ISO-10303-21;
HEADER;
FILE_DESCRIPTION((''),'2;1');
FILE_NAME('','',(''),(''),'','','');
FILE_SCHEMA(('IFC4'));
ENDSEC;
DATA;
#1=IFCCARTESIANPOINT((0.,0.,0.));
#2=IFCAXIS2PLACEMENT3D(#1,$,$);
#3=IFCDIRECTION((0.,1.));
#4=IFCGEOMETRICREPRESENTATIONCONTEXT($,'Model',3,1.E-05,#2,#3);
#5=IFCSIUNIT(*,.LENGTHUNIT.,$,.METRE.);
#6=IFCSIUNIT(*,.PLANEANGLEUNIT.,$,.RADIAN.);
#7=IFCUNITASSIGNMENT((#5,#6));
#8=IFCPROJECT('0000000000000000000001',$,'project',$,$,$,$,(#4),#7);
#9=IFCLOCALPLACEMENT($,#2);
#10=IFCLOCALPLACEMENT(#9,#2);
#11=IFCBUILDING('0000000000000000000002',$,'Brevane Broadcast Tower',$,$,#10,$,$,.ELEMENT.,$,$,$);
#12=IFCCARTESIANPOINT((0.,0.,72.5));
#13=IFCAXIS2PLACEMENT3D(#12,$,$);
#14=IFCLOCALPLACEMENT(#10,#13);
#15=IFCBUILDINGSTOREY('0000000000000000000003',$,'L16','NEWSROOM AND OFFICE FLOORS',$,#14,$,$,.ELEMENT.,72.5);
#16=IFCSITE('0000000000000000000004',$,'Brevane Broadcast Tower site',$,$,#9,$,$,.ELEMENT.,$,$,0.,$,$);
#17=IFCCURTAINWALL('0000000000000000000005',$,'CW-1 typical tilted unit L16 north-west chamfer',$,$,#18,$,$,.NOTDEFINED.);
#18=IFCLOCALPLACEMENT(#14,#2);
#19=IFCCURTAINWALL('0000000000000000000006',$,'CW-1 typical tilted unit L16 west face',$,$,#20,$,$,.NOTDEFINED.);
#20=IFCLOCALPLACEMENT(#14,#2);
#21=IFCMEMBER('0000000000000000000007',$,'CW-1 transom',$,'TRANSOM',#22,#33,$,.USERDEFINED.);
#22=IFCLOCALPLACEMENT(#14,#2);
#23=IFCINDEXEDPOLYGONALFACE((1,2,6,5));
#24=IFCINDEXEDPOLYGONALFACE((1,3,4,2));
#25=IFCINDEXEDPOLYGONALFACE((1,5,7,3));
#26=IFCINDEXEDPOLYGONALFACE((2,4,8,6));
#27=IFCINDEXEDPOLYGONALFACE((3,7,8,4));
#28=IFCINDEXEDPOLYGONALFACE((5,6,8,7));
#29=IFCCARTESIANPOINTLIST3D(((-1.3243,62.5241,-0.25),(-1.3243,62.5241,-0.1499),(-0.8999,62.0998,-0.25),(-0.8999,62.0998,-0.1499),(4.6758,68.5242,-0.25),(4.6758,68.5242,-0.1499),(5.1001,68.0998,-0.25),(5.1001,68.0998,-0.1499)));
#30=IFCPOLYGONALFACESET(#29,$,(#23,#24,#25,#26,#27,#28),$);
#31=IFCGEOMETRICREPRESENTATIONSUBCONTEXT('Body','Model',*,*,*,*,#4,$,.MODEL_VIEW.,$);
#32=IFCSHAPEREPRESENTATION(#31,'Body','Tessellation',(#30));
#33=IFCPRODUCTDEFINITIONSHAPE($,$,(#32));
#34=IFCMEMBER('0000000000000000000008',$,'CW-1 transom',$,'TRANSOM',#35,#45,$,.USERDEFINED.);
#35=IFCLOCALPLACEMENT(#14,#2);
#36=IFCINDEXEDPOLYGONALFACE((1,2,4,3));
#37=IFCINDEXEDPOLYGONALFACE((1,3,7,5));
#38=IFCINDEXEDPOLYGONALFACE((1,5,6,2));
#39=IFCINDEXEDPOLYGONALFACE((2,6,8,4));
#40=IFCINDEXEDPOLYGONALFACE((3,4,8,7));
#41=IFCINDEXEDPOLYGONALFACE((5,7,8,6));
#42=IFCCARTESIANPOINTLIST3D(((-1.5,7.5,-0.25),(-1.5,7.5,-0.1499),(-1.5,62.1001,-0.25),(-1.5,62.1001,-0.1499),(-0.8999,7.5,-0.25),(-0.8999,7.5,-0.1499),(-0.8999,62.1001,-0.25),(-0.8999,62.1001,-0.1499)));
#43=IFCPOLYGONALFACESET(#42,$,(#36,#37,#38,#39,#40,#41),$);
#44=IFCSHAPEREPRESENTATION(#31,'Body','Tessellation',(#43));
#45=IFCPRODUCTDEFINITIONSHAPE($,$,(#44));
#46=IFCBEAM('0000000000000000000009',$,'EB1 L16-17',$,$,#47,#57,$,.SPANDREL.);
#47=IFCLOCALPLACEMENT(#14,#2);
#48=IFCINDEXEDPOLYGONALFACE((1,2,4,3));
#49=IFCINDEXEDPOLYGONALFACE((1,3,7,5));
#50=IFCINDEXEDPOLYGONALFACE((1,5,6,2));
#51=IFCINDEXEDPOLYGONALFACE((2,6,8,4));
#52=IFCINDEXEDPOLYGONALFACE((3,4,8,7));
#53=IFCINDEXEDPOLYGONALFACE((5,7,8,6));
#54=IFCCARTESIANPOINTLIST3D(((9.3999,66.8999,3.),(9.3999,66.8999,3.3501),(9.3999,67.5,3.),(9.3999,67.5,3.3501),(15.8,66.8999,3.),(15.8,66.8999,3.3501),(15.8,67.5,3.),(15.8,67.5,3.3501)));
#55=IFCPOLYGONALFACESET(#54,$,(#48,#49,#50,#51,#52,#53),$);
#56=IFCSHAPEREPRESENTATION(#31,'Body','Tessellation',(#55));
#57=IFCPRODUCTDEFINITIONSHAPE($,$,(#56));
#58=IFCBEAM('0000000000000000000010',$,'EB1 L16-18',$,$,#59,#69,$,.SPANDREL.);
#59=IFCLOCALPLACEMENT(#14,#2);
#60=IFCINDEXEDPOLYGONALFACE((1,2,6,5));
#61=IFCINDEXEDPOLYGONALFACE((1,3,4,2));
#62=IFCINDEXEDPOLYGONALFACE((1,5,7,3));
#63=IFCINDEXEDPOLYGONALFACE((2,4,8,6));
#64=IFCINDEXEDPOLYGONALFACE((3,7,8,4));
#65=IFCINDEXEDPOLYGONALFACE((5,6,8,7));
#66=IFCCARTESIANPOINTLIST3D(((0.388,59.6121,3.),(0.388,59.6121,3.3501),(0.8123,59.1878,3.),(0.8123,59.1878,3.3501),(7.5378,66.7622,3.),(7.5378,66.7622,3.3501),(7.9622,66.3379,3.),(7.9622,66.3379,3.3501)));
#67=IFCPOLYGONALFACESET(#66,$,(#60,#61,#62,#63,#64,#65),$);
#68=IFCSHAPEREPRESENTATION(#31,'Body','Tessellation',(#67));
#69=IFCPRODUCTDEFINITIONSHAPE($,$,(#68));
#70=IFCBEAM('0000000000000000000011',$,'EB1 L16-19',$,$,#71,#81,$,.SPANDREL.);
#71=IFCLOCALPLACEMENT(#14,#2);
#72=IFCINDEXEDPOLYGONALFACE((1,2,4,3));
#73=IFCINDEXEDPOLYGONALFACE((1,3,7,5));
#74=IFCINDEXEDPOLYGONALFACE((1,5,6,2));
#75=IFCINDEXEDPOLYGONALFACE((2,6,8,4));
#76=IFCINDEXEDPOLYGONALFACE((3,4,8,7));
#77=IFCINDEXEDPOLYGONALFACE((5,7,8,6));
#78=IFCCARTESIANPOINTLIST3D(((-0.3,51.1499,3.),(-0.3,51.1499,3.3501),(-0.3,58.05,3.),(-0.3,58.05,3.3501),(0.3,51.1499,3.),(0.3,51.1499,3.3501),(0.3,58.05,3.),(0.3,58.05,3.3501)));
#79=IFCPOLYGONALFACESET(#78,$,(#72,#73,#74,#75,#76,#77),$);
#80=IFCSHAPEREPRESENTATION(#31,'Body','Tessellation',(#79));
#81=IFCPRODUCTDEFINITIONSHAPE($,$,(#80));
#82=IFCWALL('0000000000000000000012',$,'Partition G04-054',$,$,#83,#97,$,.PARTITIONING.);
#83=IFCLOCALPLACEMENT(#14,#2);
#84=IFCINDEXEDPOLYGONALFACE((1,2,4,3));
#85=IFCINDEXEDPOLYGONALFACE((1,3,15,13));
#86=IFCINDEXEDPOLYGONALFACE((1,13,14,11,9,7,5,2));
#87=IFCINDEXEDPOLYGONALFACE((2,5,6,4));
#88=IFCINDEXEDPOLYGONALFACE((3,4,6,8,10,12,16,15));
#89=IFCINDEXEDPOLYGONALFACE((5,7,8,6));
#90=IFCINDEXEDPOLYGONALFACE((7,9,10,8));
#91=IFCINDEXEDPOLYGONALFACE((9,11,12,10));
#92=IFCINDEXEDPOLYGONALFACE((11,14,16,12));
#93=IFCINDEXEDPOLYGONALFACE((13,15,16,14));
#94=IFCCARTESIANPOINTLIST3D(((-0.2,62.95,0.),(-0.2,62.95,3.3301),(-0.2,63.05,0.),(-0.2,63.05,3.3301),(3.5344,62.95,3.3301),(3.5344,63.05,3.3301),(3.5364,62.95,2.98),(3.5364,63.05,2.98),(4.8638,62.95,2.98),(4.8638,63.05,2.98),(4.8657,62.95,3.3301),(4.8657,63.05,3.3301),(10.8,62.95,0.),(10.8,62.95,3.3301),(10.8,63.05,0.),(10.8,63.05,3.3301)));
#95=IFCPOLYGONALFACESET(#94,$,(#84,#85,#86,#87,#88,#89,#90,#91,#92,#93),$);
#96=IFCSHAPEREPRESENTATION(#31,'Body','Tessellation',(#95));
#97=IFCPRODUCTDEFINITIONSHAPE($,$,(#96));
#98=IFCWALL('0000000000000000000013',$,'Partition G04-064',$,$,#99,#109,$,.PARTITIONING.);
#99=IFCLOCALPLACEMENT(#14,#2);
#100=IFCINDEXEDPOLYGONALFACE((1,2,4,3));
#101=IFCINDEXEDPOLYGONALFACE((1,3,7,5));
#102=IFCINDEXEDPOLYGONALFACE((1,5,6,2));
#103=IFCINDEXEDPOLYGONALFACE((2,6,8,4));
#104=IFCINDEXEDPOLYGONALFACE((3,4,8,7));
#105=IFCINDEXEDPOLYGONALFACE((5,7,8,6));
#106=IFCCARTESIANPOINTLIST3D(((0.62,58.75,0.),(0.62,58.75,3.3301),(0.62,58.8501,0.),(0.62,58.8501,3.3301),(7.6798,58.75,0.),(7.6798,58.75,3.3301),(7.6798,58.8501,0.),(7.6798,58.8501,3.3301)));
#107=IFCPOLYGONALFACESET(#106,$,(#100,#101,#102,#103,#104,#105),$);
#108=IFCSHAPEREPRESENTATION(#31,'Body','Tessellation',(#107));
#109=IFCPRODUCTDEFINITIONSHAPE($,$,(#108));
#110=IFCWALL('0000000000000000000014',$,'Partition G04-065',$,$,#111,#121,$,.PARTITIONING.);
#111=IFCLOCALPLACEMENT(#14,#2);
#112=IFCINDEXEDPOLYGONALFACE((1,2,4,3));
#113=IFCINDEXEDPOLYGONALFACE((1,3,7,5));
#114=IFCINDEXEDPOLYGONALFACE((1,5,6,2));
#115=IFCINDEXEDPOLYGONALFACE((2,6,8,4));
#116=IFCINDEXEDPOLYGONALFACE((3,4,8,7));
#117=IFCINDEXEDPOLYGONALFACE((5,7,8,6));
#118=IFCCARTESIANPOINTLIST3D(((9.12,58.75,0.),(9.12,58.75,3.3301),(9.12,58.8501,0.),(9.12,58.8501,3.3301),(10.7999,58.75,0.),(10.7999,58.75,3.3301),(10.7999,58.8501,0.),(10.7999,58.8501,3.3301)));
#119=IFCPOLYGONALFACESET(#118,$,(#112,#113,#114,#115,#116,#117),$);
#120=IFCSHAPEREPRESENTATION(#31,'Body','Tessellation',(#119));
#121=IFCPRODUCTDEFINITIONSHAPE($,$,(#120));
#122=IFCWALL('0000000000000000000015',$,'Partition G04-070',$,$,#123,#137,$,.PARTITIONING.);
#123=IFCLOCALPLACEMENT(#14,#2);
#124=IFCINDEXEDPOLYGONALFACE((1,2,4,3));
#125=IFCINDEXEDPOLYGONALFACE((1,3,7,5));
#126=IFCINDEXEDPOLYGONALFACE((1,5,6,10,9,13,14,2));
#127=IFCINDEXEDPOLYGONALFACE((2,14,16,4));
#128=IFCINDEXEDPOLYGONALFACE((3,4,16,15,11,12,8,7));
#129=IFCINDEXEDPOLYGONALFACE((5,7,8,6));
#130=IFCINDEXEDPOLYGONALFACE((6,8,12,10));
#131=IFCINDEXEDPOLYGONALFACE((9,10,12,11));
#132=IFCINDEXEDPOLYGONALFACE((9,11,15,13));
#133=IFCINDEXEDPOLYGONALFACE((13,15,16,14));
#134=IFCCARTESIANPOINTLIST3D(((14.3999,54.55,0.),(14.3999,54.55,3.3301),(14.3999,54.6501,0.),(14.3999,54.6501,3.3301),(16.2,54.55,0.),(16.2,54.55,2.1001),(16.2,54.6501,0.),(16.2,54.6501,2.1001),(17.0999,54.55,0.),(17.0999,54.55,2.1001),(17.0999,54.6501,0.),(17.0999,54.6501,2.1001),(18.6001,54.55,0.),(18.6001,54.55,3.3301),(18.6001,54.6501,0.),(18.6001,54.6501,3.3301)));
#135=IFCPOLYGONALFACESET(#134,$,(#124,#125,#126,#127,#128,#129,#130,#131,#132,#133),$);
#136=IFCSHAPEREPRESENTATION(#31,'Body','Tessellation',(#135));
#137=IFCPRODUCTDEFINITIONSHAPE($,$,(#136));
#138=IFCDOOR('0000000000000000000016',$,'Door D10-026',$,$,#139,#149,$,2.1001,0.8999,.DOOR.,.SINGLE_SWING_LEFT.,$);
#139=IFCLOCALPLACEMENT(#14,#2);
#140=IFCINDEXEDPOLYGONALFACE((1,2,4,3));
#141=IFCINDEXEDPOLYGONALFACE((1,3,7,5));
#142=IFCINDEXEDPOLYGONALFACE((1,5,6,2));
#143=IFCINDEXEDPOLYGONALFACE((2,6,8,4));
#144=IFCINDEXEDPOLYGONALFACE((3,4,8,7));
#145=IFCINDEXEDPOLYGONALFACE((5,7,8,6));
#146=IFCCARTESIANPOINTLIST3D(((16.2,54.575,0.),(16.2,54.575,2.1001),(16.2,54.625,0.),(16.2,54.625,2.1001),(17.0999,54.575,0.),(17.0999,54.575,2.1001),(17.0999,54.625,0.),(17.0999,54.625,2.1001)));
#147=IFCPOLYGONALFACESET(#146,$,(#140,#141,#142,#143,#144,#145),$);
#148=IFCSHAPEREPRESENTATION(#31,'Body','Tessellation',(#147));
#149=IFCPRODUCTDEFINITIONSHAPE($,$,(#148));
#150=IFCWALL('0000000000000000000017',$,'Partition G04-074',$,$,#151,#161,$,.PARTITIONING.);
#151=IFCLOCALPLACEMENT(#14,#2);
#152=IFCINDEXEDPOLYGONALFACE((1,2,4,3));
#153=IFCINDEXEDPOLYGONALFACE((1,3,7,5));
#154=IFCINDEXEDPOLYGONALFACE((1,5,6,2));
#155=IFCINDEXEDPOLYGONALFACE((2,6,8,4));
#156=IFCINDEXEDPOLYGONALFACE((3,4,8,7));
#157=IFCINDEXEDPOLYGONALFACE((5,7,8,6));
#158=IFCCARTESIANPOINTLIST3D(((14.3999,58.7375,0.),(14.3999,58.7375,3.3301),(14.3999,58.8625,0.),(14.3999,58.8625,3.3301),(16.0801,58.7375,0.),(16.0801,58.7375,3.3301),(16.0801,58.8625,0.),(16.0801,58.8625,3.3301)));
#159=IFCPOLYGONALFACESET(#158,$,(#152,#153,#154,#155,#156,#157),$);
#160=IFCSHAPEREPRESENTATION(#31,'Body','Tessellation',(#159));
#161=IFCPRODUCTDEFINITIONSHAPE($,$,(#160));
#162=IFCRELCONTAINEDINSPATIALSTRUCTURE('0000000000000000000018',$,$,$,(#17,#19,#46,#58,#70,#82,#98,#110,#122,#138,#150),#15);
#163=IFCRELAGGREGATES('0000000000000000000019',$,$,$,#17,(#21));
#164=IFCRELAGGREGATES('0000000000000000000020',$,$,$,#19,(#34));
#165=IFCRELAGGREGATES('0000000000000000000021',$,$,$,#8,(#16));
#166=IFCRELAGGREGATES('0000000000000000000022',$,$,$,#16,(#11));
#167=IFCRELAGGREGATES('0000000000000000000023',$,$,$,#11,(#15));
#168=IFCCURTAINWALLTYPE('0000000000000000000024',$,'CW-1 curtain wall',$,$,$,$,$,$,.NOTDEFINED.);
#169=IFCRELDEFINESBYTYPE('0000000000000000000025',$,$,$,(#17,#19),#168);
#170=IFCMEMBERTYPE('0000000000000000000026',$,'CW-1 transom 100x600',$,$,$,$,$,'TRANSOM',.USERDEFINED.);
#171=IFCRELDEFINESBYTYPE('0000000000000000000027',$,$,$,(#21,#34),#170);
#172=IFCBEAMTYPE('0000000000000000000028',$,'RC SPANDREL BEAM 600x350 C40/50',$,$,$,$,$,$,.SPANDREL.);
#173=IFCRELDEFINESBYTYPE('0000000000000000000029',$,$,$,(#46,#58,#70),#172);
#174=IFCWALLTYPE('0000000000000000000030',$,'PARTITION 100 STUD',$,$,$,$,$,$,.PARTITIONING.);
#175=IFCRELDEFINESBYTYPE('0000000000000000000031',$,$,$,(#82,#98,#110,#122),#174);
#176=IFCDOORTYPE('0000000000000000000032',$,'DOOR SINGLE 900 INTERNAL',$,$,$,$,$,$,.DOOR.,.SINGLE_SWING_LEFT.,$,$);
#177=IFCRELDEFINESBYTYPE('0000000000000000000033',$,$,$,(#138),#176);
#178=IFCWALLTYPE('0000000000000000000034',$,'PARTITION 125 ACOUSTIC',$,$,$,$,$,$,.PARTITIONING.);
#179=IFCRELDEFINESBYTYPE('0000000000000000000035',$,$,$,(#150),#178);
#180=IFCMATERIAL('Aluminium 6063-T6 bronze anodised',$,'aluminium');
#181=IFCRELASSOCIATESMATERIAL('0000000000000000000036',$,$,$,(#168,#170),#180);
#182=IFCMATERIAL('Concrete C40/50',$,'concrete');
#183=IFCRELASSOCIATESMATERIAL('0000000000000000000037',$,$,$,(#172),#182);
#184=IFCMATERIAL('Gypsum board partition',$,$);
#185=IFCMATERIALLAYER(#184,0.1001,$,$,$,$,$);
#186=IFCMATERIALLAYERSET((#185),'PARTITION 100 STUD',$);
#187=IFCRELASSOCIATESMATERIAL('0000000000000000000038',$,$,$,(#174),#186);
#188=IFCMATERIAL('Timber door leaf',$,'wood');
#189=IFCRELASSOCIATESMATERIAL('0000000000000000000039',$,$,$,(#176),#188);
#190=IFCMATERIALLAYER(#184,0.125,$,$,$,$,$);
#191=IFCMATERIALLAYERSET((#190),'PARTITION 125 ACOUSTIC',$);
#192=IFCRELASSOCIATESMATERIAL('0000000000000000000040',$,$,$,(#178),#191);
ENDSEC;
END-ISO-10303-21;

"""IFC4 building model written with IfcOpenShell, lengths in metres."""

from ifc_helpers import new_model, si_unit, direction, frame, frame_2d, origin, origin_2d, place, context, subcontext, project, spatial, polyline, rectangle, outline, extrude, material, layer, layer_set, material_profile, profile_set, type_object, element, fill, aggregate, save


model = new_model("IFC4")

# Units and contexts
model_context = context("Model", 3, precision=1e-05, world=origin(), true_north=direction((0.0, 1.0)))
body_context = subcontext(model_context, "Body", "Model", "MODEL_VIEW")
ifc_project = project(units=[si_unit("LENGTHUNIT", "METRE"), si_unit("PLANEANGLEUNIT", "RADIAN")], contexts=[model_context])

# Site, building, storey
site_placement = place(None, origin())
site = spatial("IfcSite", under=ifc_project, at=site_placement, Name="Brevane Broadcast Tower site", CompositionType="ELEMENT", RefElevation=0.0)
building_placement = place(site_placement, origin())
building = spatial("IfcBuilding", under=site, at=building_placement, Name="Brevane Broadcast Tower", CompositionType="ELEMENT")
storey_placement = place(building_placement, frame((0.0, 0.0, 72.5)))
storey = spatial("IfcBuildingStorey", under=building, at=storey_placement, Name="L16", Description="NEWSROOM AND OFFICE FLOORS", CompositionType="ELEMENT", Elevation=72.5)

# Curtain walls
ifc_material_1 = material(Name="Aluminium 6063-T6 bronze anodised", Category="aluminium")
curtain_wall_type = type_object("IfcCurtainWallType", Name="CW-1 curtain wall", PredefinedType="NOTDEFINED", material=ifc_material_1)
curtain_wall_1_placement = place(storey_placement, origin())
curtain_wall_1 = element("IfcCurtainWall", 1, at=curtain_wall_1_placement, inside=storey, type_object=curtain_wall_type, Name="CW-1 typical tilted unit L16 north-west chamfer", PredefinedType="NOTDEFINED")
curtain_wall_2_placement = place(storey_placement, origin())
curtain_wall_2 = element("IfcCurtainWall", 2, at=curtain_wall_2_placement, inside=storey, type_object=curtain_wall_type, Name="CW-1 typical tilted unit L16 west face", PredefinedType="NOTDEFINED")

# Members
ifc_material_profile_1 = material_profile(ifc_material_1, rectangle(XDim=0.6001, YDim=0.1001, at=origin_2d()), Name="RECT 100x600")
ifc_profile_set_1 = profile_set([ifc_material_profile_1], Name="Aluminium 6063-T6 bronze anodised")
member_type_1 = type_object("IfcMemberType", Name="CW-1 transom 100x600", ElementType="TRANSOM", PredefinedType="USERDEFINED", material=ifc_profile_set_1)
member_1_placement = place(storey_placement, frame((4.8879, 68.312, -0.2), z_axis=(-0.707107, -0.707107, 0.0), x_axis=(0.707107, -0.707107, 0.0)))
member_1 = element("IfcMember", 3, at=member_1_placement, type_object=member_type_1, Name="CW-1 transom", ObjectType="TRANSOM", PredefinedType="USERDEFINED", context=body_context, shape_type="SweptSolid", body=[
    extrude(rectangle(XDim=0.6001, YDim=0.1001, at=origin_2d()), origin(), (0.0, 0.0, 1.0), 8.4854),
])
aggregate(curtain_wall_1, [member_1])
member_2_placement = place(storey_placement, frame((-1.2, 62.1001, -0.2), z_axis=(0.0, -1.0, 0.0), x_axis=(1.0, 0.0, 0.0)))
member_2 = element("IfcMember", 4, at=member_2_placement, type_object=member_type_1, Name="CW-1 transom", ObjectType="TRANSOM", PredefinedType="USERDEFINED", context=body_context, shape_type="SweptSolid", body=[
    extrude(rectangle(XDim=0.6001, YDim=0.1001, at=origin_2d()), origin(), (0.0, 0.0, 1.0), 54.6001),
])
aggregate(curtain_wall_2, [member_2])

# Beams
ifc_material_2 = material(Name="Concrete C40/50", Category="concrete")
ifc_material_profile_2 = material_profile(ifc_material_2, rectangle(XDim=0.6001, YDim=0.3501, at=origin_2d()), Name="RC 600x350")
ifc_profile_set_2 = profile_set([ifc_material_profile_2], Name="Concrete C40/50")
beam_type = type_object("IfcBeamType", Name="RC SPANDREL BEAM 600x350 C40/50", PredefinedType="SPANDREL", material=ifc_profile_set_2)
beam_1_placement = place(storey_placement, frame((15.8, 67.2, 3.175), z_axis=(-1.0, 0.0, 0.0), x_axis=(0.0, -1.0, 0.0)))
element("IfcBeam", 5, at=beam_1_placement, inside=storey, type_object=beam_type, Name="EB1 L16-17", PredefinedType="SPANDREL", context=body_context, shape_type="SweptSolid", body=[
    extrude(rectangle(XDim=0.6001, YDim=0.3501, at=origin_2d()), origin(), (0.0, 0.0, 1.0), 6.4001),
])
beam_2_placement = place(storey_placement, frame((7.75, 66.55, 3.175), z_axis=(-0.707095, -0.707119, 0.0), x_axis=(0.707119, -0.707095, 0.0)))
element("IfcBeam", 6, at=beam_2_placement, inside=storey, type_object=beam_type, Name="EB1 L16-18", PredefinedType="SPANDREL", context=body_context, shape_type="SweptSolid", body=[
    extrude(rectangle(XDim=0.6001, YDim=0.3501, at=origin_2d()), origin(), (0.0, 0.0, 1.0), 10.1116),
])
beam_3_placement = place(storey_placement, frame((0.0, 58.05, 3.175), z_axis=(0.0, -1.0, 0.0), x_axis=(1.0, 0.0, 0.0)))
element("IfcBeam", 7, at=beam_3_placement, inside=storey, type_object=beam_type, Name="EB1 L16-19", PredefinedType="SPANDREL", context=body_context, shape_type="SweptSolid", body=[
    extrude(rectangle(XDim=0.6001, YDim=0.3501, at=origin_2d()), origin(), (0.0, 0.0, 1.0), 6.9001),
])

# Walls
ifc_material_3 = material(Name="Gypsum board partition")
ifc_layer_1 = layer(ifc_material_3, 0.1001)
ifc_layer_set_1 = layer_set([ifc_layer_1], Name="PARTITION 100 STUD")
wall_type_1 = type_object("IfcWallType", Name="PARTITION 100 STUD", PredefinedType="PARTITIONING", material=ifc_layer_set_1)
wall_1_placement = place(storey_placement, frame((10.8, 63.0, 0.0), z_axis=(0.0, 0.0, 1.0), x_axis=(-1.0, 0.0, 0.0)))
element("IfcWall", 8, at=wall_1_placement, inside=storey, type_object=wall_type_1, Name="Partition G04-054", PredefinedType="PARTITIONING", context=body_context, shape_type="SweptSolid", body=[
    extrude(outline(polyline([(0.0, 0.0), (11.0, 0.0), (11.0, 3.3301), (7.2656, 3.3301), (7.2637, 2.98), (5.9363, 2.98), (5.9343, 3.3301), (0.0, 3.3301), (0.0, 0.0)])), frame((0.0, 0.05, 0.0), z_axis=(0.0, -1.0, 0.0), x_axis=(1.0, 0.0, 0.0)), (0.0, 0.0, 1.0), 0.1001),
])
wall_2_placement = place(storey_placement, frame((0.6201, 58.8, 0.0), z_axis=(0.0, 0.0, 1.0), x_axis=(1.0, 0.0, 0.0)))
element("IfcWall", 9, at=wall_2_placement, inside=storey, type_object=wall_type_1, Name="Partition G04-064", PredefinedType="PARTITIONING", context=body_context, shape_type="SweptSolid", body=[
    extrude(rectangle(XDim=7.0598, YDim=0.1001, at=frame_2d((3.5298, 0.0))), origin(), (0.0, 0.0, 1.0), 3.3301),
])
wall_3_placement = place(storey_placement, frame((9.1201, 58.8, 0.0), z_axis=(0.0, 0.0, 1.0), x_axis=(1.0, 0.0, 0.0)))
element("IfcWall", 10, at=wall_3_placement, inside=storey, type_object=wall_type_1, Name="Partition G04-065", PredefinedType="PARTITIONING", context=body_context, shape_type="SweptSolid", body=[
    extrude(rectangle(XDim=1.6799, YDim=0.1001, at=frame_2d((0.8398, 0.0))), origin(), (0.0, 0.0, 1.0), 3.3301),
])

# Wall, opening, door
wall_4_placement = place(storey_placement, frame((14.3999, 54.6001, 0.0), z_axis=(0.0, 0.0, 1.0), x_axis=(1.0, 0.0, 0.0)))
wall_4 = element("IfcWall", 11, at=wall_4_placement, inside=storey, type_object=wall_type_1, Name="Partition G04-070", PredefinedType="PARTITIONING", context=body_context, shape_type="SweptSolid", body=[
    extrude(rectangle(XDim=4.2002, YDim=0.1001, at=frame_2d((2.1001, 0.0))), origin(), (0.0, 0.0, 1.0), 3.3301),
])
opening_1_placement = place(wall_4_placement, frame((1.8, 0.0, 0.0)))
opening_1 = element("IfcOpeningElement", 12, at=opening_1_placement, cuts=wall_4, PredefinedType="OPENING", context=body_context, shape_type="SweptSolid", body=[
    extrude(rectangle(XDim=0.8999, YDim=2.1001, at=frame_2d((0.45, 1.05))), frame((0.0, 0.0601, 0.0), z_axis=(0.0, -1.0, 0.0), x_axis=(1.0, 0.0, 0.0)), (0.0, 0.0, 1.0), 0.1201),
])
ifc_material_4 = material(Name="Timber door leaf", Category="wood")
door_type_1 = type_object("IfcDoorType", Name="DOOR SINGLE 900 INTERNAL", OperationType="SINGLE_SWING_LEFT", PredefinedType="DOOR", material=ifc_material_4)
door_1_placement = place(opening_1_placement, origin())
door_1 = element("IfcDoor", 13, at=door_1_placement, inside=storey, type_object=door_type_1, Name="Door D10-026", OperationType="SINGLE_SWING_LEFT", OverallHeight=2.1001, OverallWidth=0.8999, PredefinedType="DOOR", context=body_context, shape_type="SweptSolid", body=[
    extrude(rectangle(XDim=0.8999, YDim=2.1001, at=frame_2d((0.45, 1.05))), frame((0.0, 0.0249, 0.0), z_axis=(0.0, -1.0, 0.0), x_axis=(1.0, 0.0, 0.0)), (0.0, 0.0, 1.0), 0.05),
])
fill(opening_1, door_1)

# Wall
ifc_layer_2 = layer(ifc_material_3, 0.125)
ifc_layer_set_2 = layer_set([ifc_layer_2], Name="PARTITION 125 ACOUSTIC")
wall_type_2 = type_object("IfcWallType", Name="PARTITION 125 ACOUSTIC", PredefinedType="PARTITIONING", material=ifc_layer_set_2)
wall_5_placement = place(storey_placement, frame((14.3999, 58.8, 0.0), z_axis=(0.0, 0.0, 1.0), x_axis=(1.0, 0.0, 0.0)))
element("IfcWall", 14, at=wall_5_placement, inside=storey, type_object=wall_type_2, Name="Partition G04-074", PredefinedType="PARTITIONING", context=body_context, shape_type="SweptSolid", body=[
    extrude(rectangle(XDim=1.6802, YDim=0.125, at=frame_2d((0.8401, 0.0))), origin(), (0.0, 0.0, 1.0), 3.3301),
])

save(model, "model.ifc")
